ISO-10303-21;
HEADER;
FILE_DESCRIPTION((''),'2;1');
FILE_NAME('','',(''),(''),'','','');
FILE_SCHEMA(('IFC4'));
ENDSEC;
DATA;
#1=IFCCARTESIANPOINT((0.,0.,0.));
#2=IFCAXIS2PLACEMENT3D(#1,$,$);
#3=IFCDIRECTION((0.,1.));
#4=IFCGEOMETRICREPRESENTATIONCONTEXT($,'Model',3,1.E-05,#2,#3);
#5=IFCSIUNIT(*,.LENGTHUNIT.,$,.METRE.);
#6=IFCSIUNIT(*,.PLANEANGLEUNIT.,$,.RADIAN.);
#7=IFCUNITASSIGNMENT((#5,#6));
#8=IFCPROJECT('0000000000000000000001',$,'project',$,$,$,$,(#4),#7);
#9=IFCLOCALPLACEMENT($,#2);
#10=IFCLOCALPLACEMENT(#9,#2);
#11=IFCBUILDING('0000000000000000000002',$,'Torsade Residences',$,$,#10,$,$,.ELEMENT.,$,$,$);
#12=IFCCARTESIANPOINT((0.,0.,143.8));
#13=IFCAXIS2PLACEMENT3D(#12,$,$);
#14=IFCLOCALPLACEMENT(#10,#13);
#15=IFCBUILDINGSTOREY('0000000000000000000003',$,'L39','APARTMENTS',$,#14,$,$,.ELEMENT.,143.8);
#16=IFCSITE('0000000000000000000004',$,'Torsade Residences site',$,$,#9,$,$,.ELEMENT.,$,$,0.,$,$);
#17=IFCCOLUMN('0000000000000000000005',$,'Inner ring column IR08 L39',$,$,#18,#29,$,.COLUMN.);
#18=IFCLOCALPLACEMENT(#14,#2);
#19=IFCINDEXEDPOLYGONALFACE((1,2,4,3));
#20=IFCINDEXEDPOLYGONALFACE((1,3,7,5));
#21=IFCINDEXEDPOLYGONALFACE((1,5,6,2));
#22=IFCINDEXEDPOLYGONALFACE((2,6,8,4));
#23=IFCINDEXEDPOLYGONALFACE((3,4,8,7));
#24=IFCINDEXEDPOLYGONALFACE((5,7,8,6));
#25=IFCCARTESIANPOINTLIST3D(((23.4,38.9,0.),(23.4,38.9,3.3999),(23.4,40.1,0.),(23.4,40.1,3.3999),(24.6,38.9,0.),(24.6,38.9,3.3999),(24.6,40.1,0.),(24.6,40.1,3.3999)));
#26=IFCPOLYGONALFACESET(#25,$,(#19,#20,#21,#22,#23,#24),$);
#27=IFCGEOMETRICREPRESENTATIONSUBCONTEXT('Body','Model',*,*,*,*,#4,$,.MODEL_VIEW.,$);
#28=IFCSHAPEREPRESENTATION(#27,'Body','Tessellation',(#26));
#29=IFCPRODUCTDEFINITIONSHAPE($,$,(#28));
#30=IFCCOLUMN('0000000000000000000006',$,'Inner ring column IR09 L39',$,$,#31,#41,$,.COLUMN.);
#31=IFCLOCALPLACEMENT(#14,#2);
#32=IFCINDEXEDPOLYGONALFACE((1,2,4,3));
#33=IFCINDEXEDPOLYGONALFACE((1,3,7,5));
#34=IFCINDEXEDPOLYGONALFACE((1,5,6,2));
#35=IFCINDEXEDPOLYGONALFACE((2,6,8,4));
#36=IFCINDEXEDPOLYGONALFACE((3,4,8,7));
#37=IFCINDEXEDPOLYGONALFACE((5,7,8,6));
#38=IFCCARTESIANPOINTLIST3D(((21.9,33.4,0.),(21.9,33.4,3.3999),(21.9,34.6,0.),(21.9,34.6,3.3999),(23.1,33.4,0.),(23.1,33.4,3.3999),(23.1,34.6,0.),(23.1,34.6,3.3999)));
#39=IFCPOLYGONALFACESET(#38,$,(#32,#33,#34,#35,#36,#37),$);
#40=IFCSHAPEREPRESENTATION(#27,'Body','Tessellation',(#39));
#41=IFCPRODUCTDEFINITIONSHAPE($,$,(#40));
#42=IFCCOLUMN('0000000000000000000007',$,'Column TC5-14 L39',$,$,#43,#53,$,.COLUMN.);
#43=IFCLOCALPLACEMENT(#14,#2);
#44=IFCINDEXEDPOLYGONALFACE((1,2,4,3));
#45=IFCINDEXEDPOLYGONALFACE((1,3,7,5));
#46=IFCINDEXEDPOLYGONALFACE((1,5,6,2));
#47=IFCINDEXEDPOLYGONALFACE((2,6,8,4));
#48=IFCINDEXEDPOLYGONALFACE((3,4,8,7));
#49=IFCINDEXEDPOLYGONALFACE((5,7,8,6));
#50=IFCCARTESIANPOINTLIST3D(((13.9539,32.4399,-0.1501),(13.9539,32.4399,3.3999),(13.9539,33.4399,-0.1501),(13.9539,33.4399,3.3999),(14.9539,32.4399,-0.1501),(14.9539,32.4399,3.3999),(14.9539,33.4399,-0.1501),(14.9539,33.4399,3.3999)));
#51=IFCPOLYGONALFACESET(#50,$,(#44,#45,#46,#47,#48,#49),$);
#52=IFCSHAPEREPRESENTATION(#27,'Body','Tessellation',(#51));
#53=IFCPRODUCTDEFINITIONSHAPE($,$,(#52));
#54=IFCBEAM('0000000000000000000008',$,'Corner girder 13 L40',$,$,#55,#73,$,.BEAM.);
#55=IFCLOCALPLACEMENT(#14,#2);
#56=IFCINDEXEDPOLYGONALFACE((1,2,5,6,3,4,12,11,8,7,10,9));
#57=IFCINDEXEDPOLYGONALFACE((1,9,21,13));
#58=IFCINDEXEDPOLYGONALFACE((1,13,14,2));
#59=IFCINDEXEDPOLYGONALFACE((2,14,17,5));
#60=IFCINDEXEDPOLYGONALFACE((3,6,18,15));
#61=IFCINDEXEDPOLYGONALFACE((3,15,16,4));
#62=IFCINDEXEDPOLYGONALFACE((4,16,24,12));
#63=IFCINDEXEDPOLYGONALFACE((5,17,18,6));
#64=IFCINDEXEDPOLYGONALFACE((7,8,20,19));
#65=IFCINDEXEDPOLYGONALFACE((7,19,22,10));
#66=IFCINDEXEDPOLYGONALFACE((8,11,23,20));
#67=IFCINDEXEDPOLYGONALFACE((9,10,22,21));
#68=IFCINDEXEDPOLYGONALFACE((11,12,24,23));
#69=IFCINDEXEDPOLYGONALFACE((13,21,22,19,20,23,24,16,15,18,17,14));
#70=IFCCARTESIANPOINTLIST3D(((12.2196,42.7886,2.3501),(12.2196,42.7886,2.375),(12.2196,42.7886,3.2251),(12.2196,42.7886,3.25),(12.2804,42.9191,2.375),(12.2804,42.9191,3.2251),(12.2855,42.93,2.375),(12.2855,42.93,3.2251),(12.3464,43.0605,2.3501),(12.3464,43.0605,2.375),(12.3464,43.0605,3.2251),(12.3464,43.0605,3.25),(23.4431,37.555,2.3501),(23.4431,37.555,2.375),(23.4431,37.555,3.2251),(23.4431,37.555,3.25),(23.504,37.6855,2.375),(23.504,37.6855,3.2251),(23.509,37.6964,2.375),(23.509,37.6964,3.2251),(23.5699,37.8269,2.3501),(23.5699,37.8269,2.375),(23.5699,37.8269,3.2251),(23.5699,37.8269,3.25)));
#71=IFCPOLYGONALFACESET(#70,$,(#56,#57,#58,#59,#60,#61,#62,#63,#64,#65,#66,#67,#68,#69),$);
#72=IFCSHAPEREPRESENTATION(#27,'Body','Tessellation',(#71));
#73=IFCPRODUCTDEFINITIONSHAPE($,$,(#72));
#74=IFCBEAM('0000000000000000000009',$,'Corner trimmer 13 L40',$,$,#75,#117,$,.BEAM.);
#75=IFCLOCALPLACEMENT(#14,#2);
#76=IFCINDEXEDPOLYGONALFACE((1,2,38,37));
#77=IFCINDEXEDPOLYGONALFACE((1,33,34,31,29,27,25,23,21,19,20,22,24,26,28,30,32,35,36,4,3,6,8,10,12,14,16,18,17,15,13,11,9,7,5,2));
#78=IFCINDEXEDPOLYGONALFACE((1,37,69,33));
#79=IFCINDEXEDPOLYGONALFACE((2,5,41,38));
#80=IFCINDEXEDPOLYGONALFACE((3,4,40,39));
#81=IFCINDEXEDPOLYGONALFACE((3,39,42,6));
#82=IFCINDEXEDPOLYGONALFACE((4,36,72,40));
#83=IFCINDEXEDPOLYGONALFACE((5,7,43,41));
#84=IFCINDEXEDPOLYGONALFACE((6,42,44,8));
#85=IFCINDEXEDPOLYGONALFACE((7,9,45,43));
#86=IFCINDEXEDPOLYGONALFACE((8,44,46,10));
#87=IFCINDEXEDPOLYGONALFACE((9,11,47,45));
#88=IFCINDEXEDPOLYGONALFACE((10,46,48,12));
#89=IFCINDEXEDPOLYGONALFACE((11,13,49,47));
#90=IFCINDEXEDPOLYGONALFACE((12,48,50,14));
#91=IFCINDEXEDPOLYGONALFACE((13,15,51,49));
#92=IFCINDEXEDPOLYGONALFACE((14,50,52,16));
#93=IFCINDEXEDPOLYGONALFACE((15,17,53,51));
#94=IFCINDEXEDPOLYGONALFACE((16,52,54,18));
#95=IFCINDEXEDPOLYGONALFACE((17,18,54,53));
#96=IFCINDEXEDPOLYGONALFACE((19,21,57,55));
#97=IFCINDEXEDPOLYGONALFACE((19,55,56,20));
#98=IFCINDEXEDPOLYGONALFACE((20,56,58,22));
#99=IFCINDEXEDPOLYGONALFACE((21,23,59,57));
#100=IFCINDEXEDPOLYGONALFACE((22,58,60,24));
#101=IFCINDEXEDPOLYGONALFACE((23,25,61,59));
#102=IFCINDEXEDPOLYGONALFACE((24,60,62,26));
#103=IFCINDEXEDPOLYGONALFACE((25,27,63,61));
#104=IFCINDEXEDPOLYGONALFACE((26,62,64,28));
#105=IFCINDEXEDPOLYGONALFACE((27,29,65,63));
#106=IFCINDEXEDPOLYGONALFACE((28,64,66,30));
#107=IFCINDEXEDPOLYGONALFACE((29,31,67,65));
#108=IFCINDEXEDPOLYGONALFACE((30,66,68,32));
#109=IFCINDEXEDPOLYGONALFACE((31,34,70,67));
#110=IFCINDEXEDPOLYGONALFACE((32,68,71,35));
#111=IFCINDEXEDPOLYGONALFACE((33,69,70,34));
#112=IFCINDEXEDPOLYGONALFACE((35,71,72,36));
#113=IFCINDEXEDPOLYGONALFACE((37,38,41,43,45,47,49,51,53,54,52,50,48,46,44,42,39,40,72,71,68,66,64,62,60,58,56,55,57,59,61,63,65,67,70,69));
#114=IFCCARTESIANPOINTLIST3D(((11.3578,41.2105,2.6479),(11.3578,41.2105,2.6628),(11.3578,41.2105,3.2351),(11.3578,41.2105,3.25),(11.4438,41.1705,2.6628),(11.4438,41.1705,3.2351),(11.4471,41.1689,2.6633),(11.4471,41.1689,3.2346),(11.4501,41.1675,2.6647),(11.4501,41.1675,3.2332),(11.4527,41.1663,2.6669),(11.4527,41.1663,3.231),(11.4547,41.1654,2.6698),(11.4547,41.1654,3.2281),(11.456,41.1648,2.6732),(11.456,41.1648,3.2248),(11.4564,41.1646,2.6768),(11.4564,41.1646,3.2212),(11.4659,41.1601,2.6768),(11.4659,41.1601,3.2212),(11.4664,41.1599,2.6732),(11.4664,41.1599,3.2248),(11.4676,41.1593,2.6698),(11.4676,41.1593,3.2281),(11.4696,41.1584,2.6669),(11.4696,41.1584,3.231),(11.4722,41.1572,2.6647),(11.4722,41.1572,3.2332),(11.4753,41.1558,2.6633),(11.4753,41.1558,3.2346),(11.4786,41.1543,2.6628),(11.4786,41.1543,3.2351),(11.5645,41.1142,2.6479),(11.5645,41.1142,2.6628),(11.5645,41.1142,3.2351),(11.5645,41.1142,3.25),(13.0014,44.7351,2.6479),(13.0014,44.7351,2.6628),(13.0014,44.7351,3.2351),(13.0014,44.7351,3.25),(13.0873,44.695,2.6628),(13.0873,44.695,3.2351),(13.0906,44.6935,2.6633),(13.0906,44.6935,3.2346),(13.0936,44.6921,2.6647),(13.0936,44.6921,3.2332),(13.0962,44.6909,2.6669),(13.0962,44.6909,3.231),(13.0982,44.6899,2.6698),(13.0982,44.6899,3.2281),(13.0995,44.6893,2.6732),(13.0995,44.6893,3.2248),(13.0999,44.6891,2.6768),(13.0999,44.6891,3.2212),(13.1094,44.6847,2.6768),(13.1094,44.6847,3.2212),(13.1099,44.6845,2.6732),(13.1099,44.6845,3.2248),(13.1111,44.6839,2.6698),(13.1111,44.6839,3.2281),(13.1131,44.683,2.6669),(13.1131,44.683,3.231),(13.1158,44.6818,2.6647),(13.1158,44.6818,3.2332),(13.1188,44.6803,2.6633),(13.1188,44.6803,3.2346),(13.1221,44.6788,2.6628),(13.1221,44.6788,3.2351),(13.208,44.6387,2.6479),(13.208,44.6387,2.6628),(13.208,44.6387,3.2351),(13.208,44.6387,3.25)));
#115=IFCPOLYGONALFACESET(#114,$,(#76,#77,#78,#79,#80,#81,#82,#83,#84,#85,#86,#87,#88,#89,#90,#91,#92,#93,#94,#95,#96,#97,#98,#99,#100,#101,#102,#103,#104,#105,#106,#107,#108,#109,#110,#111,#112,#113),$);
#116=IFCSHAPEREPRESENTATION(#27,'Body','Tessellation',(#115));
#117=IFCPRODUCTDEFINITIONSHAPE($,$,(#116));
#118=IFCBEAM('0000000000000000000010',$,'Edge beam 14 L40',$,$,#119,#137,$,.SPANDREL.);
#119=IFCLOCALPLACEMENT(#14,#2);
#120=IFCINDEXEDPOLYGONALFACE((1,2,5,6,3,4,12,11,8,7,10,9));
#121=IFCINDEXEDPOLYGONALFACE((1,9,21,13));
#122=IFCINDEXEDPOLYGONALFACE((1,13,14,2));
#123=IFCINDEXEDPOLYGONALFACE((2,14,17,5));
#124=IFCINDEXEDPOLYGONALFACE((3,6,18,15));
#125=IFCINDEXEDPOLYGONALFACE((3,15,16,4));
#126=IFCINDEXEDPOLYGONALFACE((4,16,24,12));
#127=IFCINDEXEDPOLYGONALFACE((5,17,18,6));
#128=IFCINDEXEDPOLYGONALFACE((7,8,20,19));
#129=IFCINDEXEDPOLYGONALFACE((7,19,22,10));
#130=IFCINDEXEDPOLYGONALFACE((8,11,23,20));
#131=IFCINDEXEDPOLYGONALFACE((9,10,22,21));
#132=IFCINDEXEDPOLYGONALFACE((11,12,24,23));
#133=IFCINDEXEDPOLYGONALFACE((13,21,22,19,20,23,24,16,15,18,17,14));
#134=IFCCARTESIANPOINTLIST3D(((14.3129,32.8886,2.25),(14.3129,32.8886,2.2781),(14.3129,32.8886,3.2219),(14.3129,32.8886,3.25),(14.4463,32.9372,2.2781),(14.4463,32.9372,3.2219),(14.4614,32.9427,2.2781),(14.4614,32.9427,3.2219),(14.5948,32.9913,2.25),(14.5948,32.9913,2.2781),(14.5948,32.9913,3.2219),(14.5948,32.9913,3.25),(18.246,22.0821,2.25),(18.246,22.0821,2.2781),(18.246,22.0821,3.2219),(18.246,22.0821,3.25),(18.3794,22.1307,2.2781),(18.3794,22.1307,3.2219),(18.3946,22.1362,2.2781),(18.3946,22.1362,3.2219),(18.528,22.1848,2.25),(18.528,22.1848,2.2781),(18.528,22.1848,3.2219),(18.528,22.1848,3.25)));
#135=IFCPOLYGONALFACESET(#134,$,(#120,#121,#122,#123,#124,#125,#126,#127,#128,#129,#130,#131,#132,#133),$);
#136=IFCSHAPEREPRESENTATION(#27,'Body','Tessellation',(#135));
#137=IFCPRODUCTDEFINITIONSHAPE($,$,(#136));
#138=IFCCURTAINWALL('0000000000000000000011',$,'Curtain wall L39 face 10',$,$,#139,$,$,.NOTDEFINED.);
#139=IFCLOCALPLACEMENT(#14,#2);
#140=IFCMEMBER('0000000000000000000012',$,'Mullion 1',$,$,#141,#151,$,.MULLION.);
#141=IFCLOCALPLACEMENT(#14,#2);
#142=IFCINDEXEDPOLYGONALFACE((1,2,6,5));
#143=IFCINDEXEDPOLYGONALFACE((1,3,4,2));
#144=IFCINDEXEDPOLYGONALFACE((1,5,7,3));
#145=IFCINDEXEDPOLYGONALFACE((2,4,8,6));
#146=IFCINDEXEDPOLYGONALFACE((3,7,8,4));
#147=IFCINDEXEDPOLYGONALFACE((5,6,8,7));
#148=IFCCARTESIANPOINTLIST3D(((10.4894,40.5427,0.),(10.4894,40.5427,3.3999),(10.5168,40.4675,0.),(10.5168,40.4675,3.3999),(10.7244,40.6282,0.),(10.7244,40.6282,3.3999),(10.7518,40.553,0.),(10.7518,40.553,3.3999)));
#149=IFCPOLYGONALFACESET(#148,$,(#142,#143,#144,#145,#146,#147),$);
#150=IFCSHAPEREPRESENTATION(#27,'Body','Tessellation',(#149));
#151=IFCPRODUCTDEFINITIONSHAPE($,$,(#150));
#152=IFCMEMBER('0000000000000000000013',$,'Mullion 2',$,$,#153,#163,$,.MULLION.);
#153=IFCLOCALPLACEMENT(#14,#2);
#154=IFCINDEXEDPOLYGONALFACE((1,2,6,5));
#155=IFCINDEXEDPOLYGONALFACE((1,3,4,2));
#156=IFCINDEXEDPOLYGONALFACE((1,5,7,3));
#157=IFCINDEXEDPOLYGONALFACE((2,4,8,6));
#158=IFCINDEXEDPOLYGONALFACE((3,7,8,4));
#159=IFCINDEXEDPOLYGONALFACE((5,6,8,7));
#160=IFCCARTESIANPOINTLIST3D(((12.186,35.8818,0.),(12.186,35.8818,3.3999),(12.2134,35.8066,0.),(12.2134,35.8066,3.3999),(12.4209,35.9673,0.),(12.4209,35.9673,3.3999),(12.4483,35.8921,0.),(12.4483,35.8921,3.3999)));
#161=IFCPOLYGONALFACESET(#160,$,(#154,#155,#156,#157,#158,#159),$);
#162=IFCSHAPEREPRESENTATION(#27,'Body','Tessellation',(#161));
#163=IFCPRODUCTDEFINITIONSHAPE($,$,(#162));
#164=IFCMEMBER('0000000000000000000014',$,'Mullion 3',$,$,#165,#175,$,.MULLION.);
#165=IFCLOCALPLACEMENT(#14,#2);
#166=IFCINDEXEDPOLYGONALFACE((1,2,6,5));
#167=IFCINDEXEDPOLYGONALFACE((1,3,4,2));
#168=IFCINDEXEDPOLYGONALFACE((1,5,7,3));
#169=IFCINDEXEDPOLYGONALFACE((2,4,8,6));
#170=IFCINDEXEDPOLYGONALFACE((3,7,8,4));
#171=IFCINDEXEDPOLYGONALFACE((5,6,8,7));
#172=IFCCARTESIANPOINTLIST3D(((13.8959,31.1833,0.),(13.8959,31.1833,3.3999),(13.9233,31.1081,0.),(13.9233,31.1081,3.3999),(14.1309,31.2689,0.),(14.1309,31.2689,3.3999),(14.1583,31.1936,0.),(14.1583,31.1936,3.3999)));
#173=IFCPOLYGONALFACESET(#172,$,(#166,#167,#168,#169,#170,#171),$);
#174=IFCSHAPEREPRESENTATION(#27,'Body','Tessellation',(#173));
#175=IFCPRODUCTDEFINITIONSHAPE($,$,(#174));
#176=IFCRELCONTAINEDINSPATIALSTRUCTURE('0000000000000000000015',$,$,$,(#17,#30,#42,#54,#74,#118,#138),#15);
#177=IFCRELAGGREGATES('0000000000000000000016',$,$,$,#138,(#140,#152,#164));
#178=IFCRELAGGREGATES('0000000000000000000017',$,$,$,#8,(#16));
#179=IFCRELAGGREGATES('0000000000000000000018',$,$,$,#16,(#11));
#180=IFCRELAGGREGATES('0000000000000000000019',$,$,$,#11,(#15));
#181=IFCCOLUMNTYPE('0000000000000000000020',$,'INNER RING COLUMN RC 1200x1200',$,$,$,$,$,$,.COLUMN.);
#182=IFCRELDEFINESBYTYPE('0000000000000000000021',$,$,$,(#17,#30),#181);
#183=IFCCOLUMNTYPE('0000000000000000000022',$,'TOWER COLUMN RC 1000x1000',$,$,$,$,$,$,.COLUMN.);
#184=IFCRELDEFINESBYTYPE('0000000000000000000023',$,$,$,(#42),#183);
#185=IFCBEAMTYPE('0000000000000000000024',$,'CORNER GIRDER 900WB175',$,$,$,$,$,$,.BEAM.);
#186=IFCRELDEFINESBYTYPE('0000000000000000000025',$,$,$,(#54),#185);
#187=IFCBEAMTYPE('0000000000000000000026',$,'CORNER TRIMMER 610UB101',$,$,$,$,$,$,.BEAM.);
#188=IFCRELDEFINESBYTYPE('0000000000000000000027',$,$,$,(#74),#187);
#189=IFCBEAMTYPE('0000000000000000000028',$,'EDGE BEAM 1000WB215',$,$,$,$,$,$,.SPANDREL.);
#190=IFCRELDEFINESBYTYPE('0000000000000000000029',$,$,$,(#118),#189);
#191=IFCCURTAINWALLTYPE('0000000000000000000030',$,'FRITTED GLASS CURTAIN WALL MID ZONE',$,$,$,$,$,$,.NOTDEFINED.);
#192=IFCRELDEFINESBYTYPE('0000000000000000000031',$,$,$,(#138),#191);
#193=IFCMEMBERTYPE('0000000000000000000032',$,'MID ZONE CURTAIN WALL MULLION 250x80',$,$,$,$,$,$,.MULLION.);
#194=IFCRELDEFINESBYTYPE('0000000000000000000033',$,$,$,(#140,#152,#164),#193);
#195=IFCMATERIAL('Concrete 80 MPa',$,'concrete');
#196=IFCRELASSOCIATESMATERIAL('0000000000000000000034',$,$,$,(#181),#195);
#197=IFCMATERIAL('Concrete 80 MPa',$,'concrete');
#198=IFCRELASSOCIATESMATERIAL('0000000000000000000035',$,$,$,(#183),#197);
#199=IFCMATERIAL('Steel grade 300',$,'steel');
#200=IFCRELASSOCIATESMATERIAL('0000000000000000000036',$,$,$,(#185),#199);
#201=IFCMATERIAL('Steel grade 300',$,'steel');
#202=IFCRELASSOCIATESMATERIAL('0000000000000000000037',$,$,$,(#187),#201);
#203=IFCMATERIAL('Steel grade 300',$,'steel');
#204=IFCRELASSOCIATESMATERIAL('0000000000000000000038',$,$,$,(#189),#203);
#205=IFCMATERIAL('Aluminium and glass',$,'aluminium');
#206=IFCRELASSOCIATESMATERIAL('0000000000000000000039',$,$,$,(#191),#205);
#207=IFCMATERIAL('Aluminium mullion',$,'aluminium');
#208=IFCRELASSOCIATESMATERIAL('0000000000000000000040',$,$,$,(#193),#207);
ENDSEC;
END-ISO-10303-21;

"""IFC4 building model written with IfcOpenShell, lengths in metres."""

from ifc_helpers import new_model, si_unit, direction, frame, origin, origin_2d, place, context, subcontext, project, spatial, rectangle, i_section, extrude, material, material_profile, profile_set, type_object, element, aggregate, save


model = new_model("IFC4")

# Units and contexts
model_context = context("Model", 3, precision=1e-05, world=origin(), true_north=direction((0.0, 1.0)))
body_context = subcontext(model_context, "Body", "Model", "MODEL_VIEW")
ifc_project = project(units=[si_unit("LENGTHUNIT", "METRE"), si_unit("PLANEANGLEUNIT", "RADIAN")], contexts=[model_context])

# Site, building, storey
site_placement = place(None, origin())
site = spatial("IfcSite", under=ifc_project, at=site_placement, Name="Torsade Residences site", CompositionType="ELEMENT", RefElevation=0.0)
building_placement = place(site_placement, origin())
building = spatial("IfcBuilding", under=site, at=building_placement, Name="Torsade Residences", CompositionType="ELEMENT")
storey_placement = place(building_placement, frame((0.0, 0.0, 143.8)))
storey = spatial("IfcBuildingStorey", under=building, at=storey_placement, Name="L39", Description="APARTMENTS", CompositionType="ELEMENT", Elevation=143.8)

# Columns
ifc_material_1 = material(Name="Concrete 80 MPa", Category="concrete")
ifc_material_profile_1 = material_profile(ifc_material_1, rectangle(XDim=1.2, YDim=1.2, at=origin_2d()), Name="RC 1200x1200")
ifc_profile_set_1 = profile_set([ifc_material_profile_1], Name="Concrete 80 MPa")
column_type_1 = type_object("IfcColumnType", Name="INNER RING COLUMN RC 1200x1200", PredefinedType="COLUMN", material=ifc_profile_set_1)
for number, where, z_axis, x_axis, name in (
    (1, (24.0, 39.5, 0.0), (0.0, 0.0, 1.0), (1.0, 0.0, 0.0), "Inner ring column IR08 L39"),
    (2, (22.5, 34.0, 0.0), (0.0, 0.0, 1.0), (1.0, 0.0, 0.0), "Inner ring column IR09 L39"),
):
    element("IfcColumn", number, at=place(storey_placement, frame(where, z_axis=z_axis, x_axis=x_axis)), inside=storey, type_object=column_type_1, Name=name, PredefinedType="COLUMN", context=body_context, shape_type="SweptSolid", body=[
        extrude(rectangle(XDim=1.2, YDim=1.2, at=origin_2d()), origin(), (0.0, 0.0, 1.0), 3.3999),
    ])
ifc_material_2 = material(Name="Concrete 80 MPa", Category="concrete")
ifc_material_profile_2 = material_profile(ifc_material_2, rectangle(XDim=1.0, YDim=1.0, at=origin_2d()), Name="RC 1000x1000")
ifc_profile_set_2 = profile_set([ifc_material_profile_2], Name="Concrete 80 MPa")
column_type_2 = type_object("IfcColumnType", Name="TOWER COLUMN RC 1000x1000", PredefinedType="COLUMN", material=ifc_profile_set_2)
column_placement = place(storey_placement, frame((14.4539, 32.9399, -0.1501), z_axis=(0.0, 0.0, 1.0), x_axis=(1.0, 0.0, 0.0)))
element("IfcColumn", 3, at=column_placement, inside=storey, type_object=column_type_2, Name="Column TC5-14 L39", PredefinedType="COLUMN", context=body_context, shape_type="SweptSolid", body=[
    extrude(rectangle(XDim=1.0, YDim=1.0, at=origin_2d()), origin(), (0.0, 0.0, 1.0), 3.55),
])

# Beams
ifc_material_3 = material(Name="Steel grade 300", Category="steel")
ifc_material_profile_3 = material_profile(ifc_material_3, i_section(OverallWidth=0.3, OverallDepth=0.8999, WebThickness=0.012, FlangeThickness=0.0249, at=origin_2d()), Name="900WB175")
ifc_profile_set_3 = profile_set([ifc_material_profile_3], Name="Steel grade 300")
beam_type_1 = type_object("IfcBeamType", Name="CORNER GIRDER 900WB175", PredefinedType="BEAM", material=ifc_profile_set_3)
beam_1_placement = place(storey_placement, frame((12.283, 42.9246, 2.8), z_axis=(0.906309, -0.422617, 0.0), x_axis=(0.422617, 0.906309, 0.0)))
element("IfcBeam", 4, at=beam_1_placement, inside=storey, type_object=beam_type_1, Name="Corner girder 13 L40", PredefinedType="BEAM", context=body_context, shape_type="SweptSolid", body=[
    extrude(i_section(OverallWidth=0.3, OverallDepth=0.8999, WebThickness=0.012, FlangeThickness=0.0249, at=origin_2d()), origin(), (0.0, 0.0, 1.0), 12.3838),
])
ifc_material_4 = material(Name="Steel grade 300", Category="steel")
ifc_material_profile_4 = material_profile(ifc_material_4, i_section(OverallWidth=0.228, OverallDepth=0.6021, WebThickness=0.0105, FlangeThickness=0.0149, FilletRadius=0.0139, at=origin_2d()), Name="610UB101")
ifc_profile_set_4 = profile_set([ifc_material_profile_4], Name="Steel grade 300")
beam_type_2 = type_object("IfcBeamType", Name="CORNER TRIMMER 610UB101", PredefinedType="BEAM", material=ifc_profile_set_4)
beam_2_placement = place(storey_placement, frame((11.4612, 41.1624, 2.949), z_axis=(0.422614, 0.90631, 0.0), x_axis=(-0.90631, 0.422614, 0.0)))
element("IfcBeam", 5, at=beam_2_placement, inside=storey, type_object=beam_type_2, Name="Corner trimmer 13 L40", PredefinedType="BEAM", context=body_context, shape_type="SweptSolid", body=[
    extrude(i_section(OverallWidth=0.228, OverallDepth=0.6021, WebThickness=0.0105, FlangeThickness=0.0149, FilletRadius=0.0139, at=origin_2d()), origin(), (0.0, 0.0, 1.0), 3.8889),
])
ifc_material_5 = material(Name="Steel grade 300", Category="steel")
ifc_material_profile_5 = material_profile(ifc_material_5, i_section(OverallWidth=0.3, OverallDepth=1.0, WebThickness=0.0161, FlangeThickness=0.0281, at=origin_2d()), Name="1000WB215")
ifc_profile_set_5 = profile_set([ifc_material_profile_5], Name="Steel grade 300")
beam_type_3 = type_object("IfcBeamType", Name="EDGE BEAM 1000WB215", PredefinedType="SPANDREL", material=ifc_profile_set_5)
beam_3_placement = place(storey_placement, frame((14.4539, 32.9399, 2.75), z_axis=(0.342012, -0.939695, 0.0), x_axis=(0.939695, 0.342012, 0.0)))
element("IfcBeam", 6, at=beam_3_placement, inside=storey, type_object=beam_type_3, Name="Edge beam 14 L40", PredefinedType="SPANDREL", context=body_context, shape_type="SweptSolid", body=[
    extrude(i_section(OverallWidth=0.3, OverallDepth=1.0, WebThickness=0.0161, FlangeThickness=0.0281, at=origin_2d()), origin(), (0.0, 0.0, 1.0), 11.5),
])

# Curtain wall, members
ifc_material_6 = material(Name="Aluminium and glass", Category="aluminium")
curtain_wall_type = type_object("IfcCurtainWallType", Name="FRITTED GLASS CURTAIN WALL MID ZONE", PredefinedType="NOTDEFINED", material=ifc_material_6)
curtain_wall_placement = place(storey_placement, origin())
curtain_wall = element("IfcCurtainWall", 7, at=curtain_wall_placement, inside=storey, type_object=curtain_wall_type, Name="Curtain wall L39 face 10", PredefinedType="NOTDEFINED")
ifc_material_7 = material(Name="Aluminium mullion", Category="aluminium")
ifc_material_profile_6 = material_profile(ifc_material_7, rectangle(XDim=0.25, YDim=0.0801, at=origin_2d()), Name="MID ZONE CURTAIN WALL MULLION 250x80")
ifc_profile_set_6 = profile_set([ifc_material_profile_6], Name="Aluminium mullion")
member_type_1 = type_object("IfcMemberType", Name="MID ZONE CURTAIN WALL MULLION 250x80", PredefinedType="MULLION", material=ifc_profile_set_6)
member_1_placement = place(storey_placement, frame((10.6206, 40.5479, 0.0), z_axis=(0.0, 0.0, 1.0), x_axis=(0.939693, 0.34202, 0.0)))
member_1 = element("IfcMember", 8, at=member_1_placement, type_object=member_type_1, Name="Mullion 1", PredefinedType="MULLION", context=body_context, shape_type="SweptSolid", body=[
    extrude(rectangle(XDim=0.25, YDim=0.0801, at=origin_2d()), origin(), (0.0, 0.0, 1.0), 3.3999),
])
member_2_placement = place(storey_placement, frame((12.3171, 35.887, 0.0), z_axis=(0.0, 0.0, 1.0), x_axis=(0.939693, 0.34202, 0.0)))
member_2 = element("IfcMember", 9, at=member_2_placement, type_object=member_type_1, Name="Mullion 2", PredefinedType="MULLION", context=body_context, shape_type="SweptSolid", body=[
    extrude(rectangle(XDim=0.25, YDim=0.0801, at=origin_2d()), origin(), (0.0, 0.0, 1.0), 3.3999),
])
member_3_placement = place(storey_placement, frame((14.0271, 31.1885, 0.0), z_axis=(0.0, 0.0, 1.0), x_axis=(0.939693, 0.34202, 0.0)))
member_3 = element("IfcMember", 10, at=member_3_placement, type_object=member_type_1, Name="Mullion 3", PredefinedType="MULLION", context=body_context, shape_type="SweptSolid", body=[
    extrude(rectangle(XDim=0.25, YDim=0.0801, at=origin_2d()), origin(), (0.0, 0.0, 1.0), 3.3999),
])

aggregate(curtain_wall, [member_1, member_2, member_3])

save(model, "model.ifc")
